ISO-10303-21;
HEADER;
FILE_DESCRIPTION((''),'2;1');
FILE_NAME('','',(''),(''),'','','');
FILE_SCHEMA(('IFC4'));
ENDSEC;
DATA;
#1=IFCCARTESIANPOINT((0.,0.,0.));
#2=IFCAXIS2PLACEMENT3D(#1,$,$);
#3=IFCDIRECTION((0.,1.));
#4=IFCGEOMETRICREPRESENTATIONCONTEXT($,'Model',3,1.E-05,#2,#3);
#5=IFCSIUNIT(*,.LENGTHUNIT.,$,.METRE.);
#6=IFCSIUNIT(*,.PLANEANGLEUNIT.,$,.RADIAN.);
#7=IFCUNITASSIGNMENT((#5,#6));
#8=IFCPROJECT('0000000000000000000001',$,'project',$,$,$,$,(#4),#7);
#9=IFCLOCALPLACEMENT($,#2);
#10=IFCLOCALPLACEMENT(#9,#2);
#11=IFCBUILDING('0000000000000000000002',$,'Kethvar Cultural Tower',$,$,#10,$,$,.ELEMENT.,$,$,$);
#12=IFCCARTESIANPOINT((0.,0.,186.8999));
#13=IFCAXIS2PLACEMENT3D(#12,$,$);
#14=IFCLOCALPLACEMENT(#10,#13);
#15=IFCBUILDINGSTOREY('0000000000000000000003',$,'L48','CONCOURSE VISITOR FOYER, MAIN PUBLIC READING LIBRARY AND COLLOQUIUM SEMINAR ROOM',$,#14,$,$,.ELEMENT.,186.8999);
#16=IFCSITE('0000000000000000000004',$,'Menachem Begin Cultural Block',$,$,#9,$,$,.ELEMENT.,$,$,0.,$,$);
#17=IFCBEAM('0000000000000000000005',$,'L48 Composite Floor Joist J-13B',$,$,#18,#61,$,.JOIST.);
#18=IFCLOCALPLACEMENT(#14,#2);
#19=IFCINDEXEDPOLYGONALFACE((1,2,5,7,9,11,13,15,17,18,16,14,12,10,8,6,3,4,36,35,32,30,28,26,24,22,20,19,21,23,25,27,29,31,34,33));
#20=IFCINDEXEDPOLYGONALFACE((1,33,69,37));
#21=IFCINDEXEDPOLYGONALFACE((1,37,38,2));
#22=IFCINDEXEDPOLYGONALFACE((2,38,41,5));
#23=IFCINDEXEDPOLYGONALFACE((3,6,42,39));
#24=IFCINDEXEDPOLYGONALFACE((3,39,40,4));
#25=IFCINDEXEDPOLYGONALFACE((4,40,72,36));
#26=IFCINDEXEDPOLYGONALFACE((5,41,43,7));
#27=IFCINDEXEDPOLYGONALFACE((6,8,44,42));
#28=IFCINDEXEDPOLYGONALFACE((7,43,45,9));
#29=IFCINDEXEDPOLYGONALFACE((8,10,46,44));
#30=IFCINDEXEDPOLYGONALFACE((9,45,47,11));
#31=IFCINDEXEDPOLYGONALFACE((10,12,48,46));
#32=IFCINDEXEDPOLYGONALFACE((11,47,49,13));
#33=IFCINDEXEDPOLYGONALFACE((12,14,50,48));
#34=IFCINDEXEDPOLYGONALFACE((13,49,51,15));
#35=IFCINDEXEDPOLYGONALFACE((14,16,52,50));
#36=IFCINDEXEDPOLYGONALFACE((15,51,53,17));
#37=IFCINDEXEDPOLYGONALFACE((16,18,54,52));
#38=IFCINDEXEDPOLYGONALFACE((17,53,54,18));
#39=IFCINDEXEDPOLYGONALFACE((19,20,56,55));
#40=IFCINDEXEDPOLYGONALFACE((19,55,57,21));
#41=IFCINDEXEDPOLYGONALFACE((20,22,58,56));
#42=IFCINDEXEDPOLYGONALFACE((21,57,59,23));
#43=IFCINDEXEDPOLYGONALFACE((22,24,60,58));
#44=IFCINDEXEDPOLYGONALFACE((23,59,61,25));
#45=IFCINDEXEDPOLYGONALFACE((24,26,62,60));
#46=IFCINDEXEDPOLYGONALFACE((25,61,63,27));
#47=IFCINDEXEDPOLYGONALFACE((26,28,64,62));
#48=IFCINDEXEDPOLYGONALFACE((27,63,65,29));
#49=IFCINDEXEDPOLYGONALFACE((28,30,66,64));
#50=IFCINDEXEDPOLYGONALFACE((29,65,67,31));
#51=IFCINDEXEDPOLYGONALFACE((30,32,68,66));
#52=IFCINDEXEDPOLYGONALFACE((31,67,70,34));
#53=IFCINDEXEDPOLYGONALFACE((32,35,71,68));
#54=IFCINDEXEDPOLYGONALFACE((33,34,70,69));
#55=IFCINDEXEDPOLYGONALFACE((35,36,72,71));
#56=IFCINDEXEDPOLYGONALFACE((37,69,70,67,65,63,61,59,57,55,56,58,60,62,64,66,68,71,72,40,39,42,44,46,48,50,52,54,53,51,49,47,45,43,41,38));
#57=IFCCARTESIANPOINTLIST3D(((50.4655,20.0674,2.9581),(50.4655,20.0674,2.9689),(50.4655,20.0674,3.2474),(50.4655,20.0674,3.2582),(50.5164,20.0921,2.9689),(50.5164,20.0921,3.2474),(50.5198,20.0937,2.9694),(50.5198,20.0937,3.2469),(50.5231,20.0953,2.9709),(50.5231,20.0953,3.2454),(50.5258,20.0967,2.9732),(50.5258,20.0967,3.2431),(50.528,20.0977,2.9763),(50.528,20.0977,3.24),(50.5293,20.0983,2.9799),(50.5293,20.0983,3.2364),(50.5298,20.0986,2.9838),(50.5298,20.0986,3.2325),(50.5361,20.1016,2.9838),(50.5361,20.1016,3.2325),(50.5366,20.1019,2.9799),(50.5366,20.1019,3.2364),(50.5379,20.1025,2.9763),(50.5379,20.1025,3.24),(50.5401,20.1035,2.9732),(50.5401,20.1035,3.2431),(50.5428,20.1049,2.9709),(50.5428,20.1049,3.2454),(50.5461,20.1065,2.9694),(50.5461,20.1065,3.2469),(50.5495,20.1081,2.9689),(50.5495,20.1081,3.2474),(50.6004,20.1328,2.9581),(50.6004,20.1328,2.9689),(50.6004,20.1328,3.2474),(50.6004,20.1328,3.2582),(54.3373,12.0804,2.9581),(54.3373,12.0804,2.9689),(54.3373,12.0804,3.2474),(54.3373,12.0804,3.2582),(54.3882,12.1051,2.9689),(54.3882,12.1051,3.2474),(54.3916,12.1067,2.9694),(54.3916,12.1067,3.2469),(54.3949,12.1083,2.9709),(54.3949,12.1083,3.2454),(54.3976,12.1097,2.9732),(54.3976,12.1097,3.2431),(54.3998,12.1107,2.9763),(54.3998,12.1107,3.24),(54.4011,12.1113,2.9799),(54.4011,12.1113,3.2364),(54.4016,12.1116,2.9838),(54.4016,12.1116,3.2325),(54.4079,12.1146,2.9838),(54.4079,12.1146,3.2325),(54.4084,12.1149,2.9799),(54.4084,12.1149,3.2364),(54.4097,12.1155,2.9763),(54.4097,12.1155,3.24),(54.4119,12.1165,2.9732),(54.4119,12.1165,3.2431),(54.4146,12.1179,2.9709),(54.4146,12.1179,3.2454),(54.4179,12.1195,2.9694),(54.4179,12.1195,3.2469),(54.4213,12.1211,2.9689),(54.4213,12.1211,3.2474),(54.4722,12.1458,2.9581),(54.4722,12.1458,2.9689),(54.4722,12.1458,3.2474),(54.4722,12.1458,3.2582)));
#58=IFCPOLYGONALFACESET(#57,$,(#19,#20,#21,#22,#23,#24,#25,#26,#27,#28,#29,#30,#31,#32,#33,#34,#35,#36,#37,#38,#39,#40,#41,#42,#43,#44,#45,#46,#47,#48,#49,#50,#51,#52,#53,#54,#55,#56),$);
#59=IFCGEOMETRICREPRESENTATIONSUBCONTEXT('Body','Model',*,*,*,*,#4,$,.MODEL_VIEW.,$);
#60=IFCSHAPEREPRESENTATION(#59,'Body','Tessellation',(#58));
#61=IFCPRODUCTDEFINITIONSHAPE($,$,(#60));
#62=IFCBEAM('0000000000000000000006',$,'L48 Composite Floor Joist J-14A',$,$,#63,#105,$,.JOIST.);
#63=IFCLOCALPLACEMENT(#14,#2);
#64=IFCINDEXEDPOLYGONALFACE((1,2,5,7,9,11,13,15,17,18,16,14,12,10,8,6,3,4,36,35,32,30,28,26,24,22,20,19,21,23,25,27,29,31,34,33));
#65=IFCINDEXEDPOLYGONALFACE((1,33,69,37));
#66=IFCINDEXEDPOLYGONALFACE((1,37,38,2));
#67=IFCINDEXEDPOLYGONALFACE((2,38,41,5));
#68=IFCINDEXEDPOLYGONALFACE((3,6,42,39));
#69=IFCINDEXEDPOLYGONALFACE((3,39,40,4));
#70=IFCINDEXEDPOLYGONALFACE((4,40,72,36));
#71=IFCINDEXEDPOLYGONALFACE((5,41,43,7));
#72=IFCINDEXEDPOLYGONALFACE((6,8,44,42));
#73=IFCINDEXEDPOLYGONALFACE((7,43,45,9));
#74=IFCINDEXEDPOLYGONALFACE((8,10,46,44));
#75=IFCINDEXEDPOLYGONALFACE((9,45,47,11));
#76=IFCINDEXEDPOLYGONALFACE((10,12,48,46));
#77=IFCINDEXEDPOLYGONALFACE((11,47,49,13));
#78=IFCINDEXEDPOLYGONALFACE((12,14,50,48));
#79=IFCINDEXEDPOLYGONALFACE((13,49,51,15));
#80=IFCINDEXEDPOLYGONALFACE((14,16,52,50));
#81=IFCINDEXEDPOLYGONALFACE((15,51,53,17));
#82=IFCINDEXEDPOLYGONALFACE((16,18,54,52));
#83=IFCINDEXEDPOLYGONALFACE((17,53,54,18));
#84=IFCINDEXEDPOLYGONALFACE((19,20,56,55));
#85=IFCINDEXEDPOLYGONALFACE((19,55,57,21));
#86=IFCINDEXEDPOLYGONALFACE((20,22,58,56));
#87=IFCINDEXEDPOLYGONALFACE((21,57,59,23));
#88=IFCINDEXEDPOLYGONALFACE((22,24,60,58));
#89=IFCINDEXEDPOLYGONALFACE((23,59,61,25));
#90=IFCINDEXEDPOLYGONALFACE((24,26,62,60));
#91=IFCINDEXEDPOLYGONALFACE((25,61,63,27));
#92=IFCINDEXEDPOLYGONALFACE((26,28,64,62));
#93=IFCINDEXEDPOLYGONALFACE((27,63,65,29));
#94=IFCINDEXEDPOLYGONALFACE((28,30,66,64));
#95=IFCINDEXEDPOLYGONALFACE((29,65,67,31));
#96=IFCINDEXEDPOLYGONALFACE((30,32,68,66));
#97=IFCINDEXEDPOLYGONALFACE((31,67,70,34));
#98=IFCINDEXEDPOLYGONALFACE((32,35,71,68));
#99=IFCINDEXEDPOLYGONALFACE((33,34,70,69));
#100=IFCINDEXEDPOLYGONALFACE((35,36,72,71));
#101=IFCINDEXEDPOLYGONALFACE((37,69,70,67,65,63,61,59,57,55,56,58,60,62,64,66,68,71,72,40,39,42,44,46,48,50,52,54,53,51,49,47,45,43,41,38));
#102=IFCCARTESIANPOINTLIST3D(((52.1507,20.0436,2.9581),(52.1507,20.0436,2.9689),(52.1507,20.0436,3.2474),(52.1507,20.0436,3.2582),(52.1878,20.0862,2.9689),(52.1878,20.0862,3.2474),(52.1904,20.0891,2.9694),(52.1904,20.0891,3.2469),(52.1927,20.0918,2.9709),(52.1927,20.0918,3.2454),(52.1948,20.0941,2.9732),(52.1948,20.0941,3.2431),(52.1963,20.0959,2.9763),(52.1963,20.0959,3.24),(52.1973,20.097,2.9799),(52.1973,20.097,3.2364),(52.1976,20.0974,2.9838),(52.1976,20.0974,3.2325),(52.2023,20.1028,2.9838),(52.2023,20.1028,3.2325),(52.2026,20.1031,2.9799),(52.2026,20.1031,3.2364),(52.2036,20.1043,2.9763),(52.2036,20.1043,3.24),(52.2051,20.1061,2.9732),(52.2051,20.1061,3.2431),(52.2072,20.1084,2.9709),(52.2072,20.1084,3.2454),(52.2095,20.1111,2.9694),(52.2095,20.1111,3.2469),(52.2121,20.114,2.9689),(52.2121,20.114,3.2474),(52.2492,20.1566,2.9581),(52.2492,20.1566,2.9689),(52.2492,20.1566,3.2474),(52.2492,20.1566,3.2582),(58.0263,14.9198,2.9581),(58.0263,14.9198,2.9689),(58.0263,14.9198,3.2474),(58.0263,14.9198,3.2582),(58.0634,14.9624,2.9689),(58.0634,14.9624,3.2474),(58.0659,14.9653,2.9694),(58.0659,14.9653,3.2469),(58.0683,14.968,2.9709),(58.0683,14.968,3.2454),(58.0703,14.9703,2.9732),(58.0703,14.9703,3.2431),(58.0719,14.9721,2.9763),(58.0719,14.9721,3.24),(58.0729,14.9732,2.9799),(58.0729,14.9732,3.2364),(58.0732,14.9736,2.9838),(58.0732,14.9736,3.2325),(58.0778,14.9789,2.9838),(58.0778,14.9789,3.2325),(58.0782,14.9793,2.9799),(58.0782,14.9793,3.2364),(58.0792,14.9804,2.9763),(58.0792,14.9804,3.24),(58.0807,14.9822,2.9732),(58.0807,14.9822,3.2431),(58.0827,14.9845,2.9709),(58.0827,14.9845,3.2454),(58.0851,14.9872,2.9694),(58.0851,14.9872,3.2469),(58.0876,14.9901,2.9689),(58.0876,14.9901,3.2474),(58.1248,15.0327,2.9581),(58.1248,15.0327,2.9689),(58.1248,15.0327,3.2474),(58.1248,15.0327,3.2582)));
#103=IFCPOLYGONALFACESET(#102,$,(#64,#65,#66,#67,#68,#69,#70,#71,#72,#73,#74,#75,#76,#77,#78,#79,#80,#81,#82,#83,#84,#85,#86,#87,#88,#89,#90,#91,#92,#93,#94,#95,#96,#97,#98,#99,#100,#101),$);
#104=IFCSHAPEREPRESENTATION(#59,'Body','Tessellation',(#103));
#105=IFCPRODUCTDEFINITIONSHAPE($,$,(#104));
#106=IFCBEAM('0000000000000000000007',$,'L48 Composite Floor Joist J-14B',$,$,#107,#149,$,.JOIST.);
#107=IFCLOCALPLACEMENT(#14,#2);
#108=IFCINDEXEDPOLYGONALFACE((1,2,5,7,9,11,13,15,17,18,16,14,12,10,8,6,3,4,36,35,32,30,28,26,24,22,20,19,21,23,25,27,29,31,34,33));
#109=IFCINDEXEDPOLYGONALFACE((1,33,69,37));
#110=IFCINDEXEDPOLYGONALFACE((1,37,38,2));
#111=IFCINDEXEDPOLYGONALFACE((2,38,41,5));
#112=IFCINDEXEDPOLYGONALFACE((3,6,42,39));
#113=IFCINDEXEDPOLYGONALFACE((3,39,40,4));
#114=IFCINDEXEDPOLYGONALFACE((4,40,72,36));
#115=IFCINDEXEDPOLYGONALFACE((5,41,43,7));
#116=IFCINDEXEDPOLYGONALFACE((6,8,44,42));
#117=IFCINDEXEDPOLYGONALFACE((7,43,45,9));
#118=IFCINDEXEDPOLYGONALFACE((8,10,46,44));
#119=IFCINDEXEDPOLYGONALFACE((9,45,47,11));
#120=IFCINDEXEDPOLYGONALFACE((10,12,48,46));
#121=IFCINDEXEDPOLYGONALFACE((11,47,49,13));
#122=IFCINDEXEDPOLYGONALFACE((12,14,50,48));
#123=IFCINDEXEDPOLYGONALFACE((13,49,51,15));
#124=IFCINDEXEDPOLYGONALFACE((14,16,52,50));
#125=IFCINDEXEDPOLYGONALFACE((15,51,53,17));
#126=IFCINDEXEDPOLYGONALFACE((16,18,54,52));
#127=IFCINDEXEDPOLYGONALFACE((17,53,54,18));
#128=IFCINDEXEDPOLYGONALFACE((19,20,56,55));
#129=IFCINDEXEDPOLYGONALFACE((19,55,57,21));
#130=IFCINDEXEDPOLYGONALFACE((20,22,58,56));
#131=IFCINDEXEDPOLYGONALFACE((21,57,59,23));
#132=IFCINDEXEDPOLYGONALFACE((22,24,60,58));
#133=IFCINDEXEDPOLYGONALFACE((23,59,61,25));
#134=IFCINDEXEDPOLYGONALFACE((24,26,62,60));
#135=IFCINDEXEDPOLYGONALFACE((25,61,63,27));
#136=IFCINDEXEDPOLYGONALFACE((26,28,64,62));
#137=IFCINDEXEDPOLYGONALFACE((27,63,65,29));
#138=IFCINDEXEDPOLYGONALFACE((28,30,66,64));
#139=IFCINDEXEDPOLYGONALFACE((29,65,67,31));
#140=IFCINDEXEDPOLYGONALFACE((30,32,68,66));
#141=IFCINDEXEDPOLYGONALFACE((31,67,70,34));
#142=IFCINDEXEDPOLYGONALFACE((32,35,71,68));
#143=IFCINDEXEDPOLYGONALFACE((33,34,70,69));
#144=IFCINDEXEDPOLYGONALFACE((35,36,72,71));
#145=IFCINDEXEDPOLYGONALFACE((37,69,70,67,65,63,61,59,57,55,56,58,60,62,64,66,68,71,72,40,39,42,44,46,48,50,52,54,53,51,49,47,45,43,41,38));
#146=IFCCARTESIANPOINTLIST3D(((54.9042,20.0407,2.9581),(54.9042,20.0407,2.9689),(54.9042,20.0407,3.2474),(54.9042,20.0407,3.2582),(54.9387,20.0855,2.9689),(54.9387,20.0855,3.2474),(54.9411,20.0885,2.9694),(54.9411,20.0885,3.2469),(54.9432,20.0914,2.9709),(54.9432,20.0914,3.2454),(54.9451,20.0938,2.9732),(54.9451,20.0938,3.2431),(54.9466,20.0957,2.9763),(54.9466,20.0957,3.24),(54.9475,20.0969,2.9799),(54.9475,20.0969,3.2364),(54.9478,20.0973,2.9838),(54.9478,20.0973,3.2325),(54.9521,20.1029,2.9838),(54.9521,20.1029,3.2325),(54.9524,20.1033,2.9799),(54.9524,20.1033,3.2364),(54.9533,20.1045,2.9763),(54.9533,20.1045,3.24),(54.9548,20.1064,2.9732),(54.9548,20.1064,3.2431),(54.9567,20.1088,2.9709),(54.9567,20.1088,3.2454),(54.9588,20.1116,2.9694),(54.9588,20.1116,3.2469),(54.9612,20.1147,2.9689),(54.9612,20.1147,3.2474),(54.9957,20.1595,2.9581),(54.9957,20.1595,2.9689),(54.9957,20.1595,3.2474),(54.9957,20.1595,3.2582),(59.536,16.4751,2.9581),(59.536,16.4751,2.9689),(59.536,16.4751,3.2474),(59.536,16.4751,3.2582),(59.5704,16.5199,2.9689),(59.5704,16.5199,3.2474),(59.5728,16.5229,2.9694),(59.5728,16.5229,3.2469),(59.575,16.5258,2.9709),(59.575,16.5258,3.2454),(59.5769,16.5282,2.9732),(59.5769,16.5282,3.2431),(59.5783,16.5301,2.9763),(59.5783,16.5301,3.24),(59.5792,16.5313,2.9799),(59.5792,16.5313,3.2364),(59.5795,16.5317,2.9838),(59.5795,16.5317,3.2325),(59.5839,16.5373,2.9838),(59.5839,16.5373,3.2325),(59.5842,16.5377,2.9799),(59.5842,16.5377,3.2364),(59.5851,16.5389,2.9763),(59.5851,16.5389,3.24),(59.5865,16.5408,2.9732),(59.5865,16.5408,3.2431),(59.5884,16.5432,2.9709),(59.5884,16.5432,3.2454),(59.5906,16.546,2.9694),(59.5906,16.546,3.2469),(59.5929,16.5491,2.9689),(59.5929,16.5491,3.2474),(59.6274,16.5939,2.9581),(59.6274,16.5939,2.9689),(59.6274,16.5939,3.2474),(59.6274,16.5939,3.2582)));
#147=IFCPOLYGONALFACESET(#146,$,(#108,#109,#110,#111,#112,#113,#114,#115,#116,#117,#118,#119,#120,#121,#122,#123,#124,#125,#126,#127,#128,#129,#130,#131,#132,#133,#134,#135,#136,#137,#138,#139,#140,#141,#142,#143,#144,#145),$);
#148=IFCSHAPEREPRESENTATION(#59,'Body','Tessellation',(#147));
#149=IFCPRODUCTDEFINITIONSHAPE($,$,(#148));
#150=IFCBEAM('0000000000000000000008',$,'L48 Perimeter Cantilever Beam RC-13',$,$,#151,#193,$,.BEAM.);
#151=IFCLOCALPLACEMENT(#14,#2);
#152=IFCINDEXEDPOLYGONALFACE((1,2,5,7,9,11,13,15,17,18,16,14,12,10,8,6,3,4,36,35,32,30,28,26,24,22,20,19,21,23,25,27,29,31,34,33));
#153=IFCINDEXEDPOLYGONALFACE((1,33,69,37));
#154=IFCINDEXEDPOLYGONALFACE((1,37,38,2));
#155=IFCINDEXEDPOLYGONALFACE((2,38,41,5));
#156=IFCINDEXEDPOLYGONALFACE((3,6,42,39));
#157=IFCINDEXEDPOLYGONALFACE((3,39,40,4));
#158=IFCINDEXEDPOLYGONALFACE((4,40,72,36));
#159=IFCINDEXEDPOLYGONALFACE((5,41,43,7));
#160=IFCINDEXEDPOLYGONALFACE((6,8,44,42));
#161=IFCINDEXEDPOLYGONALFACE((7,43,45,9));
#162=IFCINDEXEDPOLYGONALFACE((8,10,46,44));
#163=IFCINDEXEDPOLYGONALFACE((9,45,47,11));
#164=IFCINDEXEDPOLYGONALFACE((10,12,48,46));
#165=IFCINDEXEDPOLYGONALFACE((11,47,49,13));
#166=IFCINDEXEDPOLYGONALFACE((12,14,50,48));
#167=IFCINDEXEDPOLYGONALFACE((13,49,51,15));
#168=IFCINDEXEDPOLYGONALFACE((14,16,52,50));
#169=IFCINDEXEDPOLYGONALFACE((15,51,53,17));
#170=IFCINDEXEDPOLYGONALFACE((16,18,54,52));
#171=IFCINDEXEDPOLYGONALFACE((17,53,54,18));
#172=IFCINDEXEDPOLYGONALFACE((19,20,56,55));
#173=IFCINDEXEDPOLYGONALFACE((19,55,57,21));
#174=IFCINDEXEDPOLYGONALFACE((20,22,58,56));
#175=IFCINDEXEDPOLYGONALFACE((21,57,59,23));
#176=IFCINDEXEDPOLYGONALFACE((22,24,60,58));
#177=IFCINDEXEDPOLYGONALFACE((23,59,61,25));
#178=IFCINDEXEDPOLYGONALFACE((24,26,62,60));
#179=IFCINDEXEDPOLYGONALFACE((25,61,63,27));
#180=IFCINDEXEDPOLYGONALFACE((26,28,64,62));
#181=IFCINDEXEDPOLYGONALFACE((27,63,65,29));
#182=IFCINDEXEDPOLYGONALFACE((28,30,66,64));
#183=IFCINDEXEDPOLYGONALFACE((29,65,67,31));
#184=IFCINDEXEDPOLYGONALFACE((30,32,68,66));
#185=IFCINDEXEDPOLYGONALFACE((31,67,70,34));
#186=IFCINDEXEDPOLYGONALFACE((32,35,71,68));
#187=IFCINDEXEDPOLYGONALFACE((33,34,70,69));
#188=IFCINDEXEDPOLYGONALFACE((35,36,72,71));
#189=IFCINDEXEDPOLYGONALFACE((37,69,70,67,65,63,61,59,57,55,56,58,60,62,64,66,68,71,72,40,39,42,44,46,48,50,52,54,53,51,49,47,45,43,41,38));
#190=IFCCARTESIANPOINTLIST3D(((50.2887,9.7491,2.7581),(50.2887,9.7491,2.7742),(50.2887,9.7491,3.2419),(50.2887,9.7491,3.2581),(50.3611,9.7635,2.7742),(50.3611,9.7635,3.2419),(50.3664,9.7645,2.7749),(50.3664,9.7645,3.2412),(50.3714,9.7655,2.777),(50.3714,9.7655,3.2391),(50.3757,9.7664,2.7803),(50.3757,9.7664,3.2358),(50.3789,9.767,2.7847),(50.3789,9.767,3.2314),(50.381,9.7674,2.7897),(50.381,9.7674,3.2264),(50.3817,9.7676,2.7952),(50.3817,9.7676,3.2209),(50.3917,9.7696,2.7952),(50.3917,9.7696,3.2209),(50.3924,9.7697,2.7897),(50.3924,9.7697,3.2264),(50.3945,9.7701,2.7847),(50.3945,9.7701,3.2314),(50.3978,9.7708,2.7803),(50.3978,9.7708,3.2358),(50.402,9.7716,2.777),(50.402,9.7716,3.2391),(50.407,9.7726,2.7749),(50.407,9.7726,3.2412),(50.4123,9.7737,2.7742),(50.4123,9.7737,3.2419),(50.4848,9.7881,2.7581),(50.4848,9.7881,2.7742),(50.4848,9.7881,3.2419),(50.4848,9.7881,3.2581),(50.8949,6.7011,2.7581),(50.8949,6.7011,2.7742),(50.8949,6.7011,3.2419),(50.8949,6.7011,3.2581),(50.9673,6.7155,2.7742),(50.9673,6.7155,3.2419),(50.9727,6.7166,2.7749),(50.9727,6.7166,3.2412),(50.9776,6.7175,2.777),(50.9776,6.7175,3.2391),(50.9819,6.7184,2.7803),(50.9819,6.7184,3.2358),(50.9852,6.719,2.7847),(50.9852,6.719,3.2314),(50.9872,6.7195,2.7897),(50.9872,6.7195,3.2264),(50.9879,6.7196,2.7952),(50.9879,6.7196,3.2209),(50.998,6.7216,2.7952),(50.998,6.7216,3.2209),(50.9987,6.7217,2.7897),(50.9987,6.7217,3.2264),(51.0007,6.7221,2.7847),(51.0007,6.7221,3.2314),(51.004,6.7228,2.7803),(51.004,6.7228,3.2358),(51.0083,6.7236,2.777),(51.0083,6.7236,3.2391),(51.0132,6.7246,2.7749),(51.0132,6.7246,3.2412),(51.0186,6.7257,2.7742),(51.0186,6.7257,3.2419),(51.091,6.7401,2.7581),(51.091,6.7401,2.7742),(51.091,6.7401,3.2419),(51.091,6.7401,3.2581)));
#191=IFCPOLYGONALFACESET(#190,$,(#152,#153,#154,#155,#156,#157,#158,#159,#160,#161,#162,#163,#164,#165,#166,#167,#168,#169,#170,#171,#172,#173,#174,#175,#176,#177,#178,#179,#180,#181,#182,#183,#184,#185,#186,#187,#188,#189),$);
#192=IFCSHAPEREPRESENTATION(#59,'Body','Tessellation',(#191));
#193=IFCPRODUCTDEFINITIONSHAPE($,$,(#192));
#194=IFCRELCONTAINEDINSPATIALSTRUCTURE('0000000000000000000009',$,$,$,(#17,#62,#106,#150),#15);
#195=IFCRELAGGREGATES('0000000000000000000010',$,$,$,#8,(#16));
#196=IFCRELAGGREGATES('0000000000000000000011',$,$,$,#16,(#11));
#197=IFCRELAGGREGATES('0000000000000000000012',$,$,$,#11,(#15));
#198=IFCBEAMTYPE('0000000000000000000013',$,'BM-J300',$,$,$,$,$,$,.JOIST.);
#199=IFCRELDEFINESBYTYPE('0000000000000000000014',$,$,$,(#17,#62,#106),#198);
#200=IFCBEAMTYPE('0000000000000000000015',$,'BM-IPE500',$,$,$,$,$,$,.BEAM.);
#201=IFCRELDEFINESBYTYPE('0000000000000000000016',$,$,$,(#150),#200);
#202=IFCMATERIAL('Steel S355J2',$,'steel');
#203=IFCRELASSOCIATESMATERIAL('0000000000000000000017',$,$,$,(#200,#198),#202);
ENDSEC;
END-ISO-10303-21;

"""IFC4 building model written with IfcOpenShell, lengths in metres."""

from ifc_helpers import new_model, si_unit, direction, frame, origin, origin_2d, place, context, subcontext, project, spatial, i_section, extrude, source, transform, mapped, material, material_profile, profile_set, type_object, element, save


model = new_model("IFC4")

# Units and contexts
model_context = context("Model", 3, precision=1e-05, world=origin(), true_north=direction((0.0, 1.0)))
body_context = subcontext(model_context, "Body", "Model", "MODEL_VIEW")
ifc_project = project(units=[si_unit("LENGTHUNIT", "METRE"), si_unit("PLANEANGLEUNIT", "RADIAN")], contexts=[model_context])

# Site, building, storey
site_placement = place(None, origin())
site = spatial("IfcSite", under=ifc_project, at=site_placement, Name="Menachem Begin Cultural Block", CompositionType="ELEMENT", RefElevation=0.0)
building_placement = place(site_placement, origin())
building = spatial("IfcBuilding", under=site, at=building_placement, Name="Kethvar Cultural Tower", CompositionType="ELEMENT")
storey_placement = place(building_placement, frame((0.0, 0.0, 186.8999)))
storey = spatial("IfcBuildingStorey", under=building, at=storey_placement, Name="L48", Description="CONCOURSE VISITOR FOYER, MAIN PUBLIC READING LIBRARY AND COLLOQUIUM SEMINAR ROOM", CompositionType="ELEMENT", Elevation=186.8999)

# Beams
ifc_material_1 = material(Name="Steel S355J2", Category="steel")
ifc_material_profile_1 = material_profile(ifc_material_1, i_section(OverallWidth=0.2, OverallDepth=0.5, WebThickness=0.0103, FlangeThickness=0.0161, FilletRadius=0.021, at=origin_2d()), Name="Steel S355J2 — IPE500")
ifc_profile_set_1 = profile_set([ifc_material_profile_1], Name="Steel S355J2 — IPE500")
beam_type_1 = type_object("IfcBeamType", Name="BM-IPE500", PredefinedType="BEAM", material=ifc_profile_set_1)
ifc_material_profile_2 = material_profile(ifc_material_1, i_section(OverallWidth=0.1499, OverallDepth=0.3, WebThickness=0.0071, FlangeThickness=0.0107, FilletRadius=0.0149, at=origin_2d()), Name="Steel S355J2 — IPE300")
ifc_profile_set_2 = profile_set([ifc_material_profile_2], Name="Steel S355J2 — IPE300")
beam_type_2 = type_object("IfcBeamType", Name="BM-J300", PredefinedType="JOIST", material=ifc_profile_set_2)
shared_shape_1 = source(origin(), body_context, "Body", "SweptSolid", [
    extrude(i_section(OverallWidth=0.1499, OverallDepth=0.3, WebThickness=0.0071, FlangeThickness=0.0107, FilletRadius=0.0149, at=origin_2d()), origin(), (0.0, 0.0, 1.0), 8.876),
])
beam_1_placement = place(storey_placement, frame((50.533, 20.1001, 3.1082), z_axis=(0.436211, -0.899845, 0.0), x_axis=(0.899845, 0.436211, 0.0)))
element("IfcBeam", 1, at=beam_1_placement, inside=storey, type_object=beam_type_2, Name="L48 Composite Floor Joist J-13B", PredefinedType="JOIST", context=body_context, shape_type="MappedRepresentation", body=[
    mapped(shared_shape_1, transform((0.0, 0.0, 0.0), scale=1.0)),
])
shared_shape_2 = source(origin(), body_context, "Body", "SweptSolid", [
    extrude(i_section(OverallWidth=0.1499, OverallDepth=0.3, WebThickness=0.0071, FlangeThickness=0.0107, FilletRadius=0.0149, at=origin_2d()), origin(), (0.0, 0.0, 1.0), 7.7959),
])
beam_2_placement = place(storey_placement, frame((52.2, 20.1001, 3.1082), z_axis=(0.753674, -0.657249, 0.0), x_axis=(0.657249, 0.753674, 0.0)))
element("IfcBeam", 2, at=beam_2_placement, inside=storey, type_object=beam_type_2, Name="L48 Composite Floor Joist J-14A", PredefinedType="JOIST", context=body_context, shape_type="MappedRepresentation", body=[
    mapped(shared_shape_2, transform((0.0, 0.0, 0.0), scale=1.0)),
])
shared_shape_3 = source(origin(), body_context, "Body", "SweptSolid", [
    extrude(i_section(OverallWidth=0.1499, OverallDepth=0.3, WebThickness=0.0071, FlangeThickness=0.0107, FilletRadius=0.0149, at=origin_2d()), origin(), (0.0, 0.0, 1.0), 5.8452),
])
beam_3_placement = place(storey_placement, frame((54.95, 20.1001, 3.1082), z_axis=(0.792399, -0.610003, 0.0), x_axis=(0.610003, 0.792399, 0.0)))
element("IfcBeam", 3, at=beam_3_placement, inside=storey, type_object=beam_type_2, Name="L48 Composite Floor Joist J-14B", PredefinedType="JOIST", context=body_context, shape_type="MappedRepresentation", body=[
    mapped(shared_shape_3, transform((0.0, 0.0, 0.0), scale=1.0)),
])
shared_shape_4 = source(origin(), body_context, "Body", "SweptSolid", [
    extrude(i_section(OverallWidth=0.2, OverallDepth=0.5, WebThickness=0.0103, FlangeThickness=0.0161, FilletRadius=0.021, at=origin_2d()), origin(), (0.0, 0.0, 1.0), 3.1077),
])
beam_4_placement = place(storey_placement, frame((50.3867, 9.7686, 3.0081), z_axis=(0.195074, -0.980789, 0.0), x_axis=(0.980789, 0.195074, 0.0)))
element("IfcBeam", 4, at=beam_4_placement, inside=storey, type_object=beam_type_1, Name="L48 Perimeter Cantilever Beam RC-13", PredefinedType="BEAM", context=body_context, shape_type="MappedRepresentation", body=[
    mapped(shared_shape_4, transform((0.0, 0.0, 0.0), scale=1.0)),
])

save(model, "model.ifc")
